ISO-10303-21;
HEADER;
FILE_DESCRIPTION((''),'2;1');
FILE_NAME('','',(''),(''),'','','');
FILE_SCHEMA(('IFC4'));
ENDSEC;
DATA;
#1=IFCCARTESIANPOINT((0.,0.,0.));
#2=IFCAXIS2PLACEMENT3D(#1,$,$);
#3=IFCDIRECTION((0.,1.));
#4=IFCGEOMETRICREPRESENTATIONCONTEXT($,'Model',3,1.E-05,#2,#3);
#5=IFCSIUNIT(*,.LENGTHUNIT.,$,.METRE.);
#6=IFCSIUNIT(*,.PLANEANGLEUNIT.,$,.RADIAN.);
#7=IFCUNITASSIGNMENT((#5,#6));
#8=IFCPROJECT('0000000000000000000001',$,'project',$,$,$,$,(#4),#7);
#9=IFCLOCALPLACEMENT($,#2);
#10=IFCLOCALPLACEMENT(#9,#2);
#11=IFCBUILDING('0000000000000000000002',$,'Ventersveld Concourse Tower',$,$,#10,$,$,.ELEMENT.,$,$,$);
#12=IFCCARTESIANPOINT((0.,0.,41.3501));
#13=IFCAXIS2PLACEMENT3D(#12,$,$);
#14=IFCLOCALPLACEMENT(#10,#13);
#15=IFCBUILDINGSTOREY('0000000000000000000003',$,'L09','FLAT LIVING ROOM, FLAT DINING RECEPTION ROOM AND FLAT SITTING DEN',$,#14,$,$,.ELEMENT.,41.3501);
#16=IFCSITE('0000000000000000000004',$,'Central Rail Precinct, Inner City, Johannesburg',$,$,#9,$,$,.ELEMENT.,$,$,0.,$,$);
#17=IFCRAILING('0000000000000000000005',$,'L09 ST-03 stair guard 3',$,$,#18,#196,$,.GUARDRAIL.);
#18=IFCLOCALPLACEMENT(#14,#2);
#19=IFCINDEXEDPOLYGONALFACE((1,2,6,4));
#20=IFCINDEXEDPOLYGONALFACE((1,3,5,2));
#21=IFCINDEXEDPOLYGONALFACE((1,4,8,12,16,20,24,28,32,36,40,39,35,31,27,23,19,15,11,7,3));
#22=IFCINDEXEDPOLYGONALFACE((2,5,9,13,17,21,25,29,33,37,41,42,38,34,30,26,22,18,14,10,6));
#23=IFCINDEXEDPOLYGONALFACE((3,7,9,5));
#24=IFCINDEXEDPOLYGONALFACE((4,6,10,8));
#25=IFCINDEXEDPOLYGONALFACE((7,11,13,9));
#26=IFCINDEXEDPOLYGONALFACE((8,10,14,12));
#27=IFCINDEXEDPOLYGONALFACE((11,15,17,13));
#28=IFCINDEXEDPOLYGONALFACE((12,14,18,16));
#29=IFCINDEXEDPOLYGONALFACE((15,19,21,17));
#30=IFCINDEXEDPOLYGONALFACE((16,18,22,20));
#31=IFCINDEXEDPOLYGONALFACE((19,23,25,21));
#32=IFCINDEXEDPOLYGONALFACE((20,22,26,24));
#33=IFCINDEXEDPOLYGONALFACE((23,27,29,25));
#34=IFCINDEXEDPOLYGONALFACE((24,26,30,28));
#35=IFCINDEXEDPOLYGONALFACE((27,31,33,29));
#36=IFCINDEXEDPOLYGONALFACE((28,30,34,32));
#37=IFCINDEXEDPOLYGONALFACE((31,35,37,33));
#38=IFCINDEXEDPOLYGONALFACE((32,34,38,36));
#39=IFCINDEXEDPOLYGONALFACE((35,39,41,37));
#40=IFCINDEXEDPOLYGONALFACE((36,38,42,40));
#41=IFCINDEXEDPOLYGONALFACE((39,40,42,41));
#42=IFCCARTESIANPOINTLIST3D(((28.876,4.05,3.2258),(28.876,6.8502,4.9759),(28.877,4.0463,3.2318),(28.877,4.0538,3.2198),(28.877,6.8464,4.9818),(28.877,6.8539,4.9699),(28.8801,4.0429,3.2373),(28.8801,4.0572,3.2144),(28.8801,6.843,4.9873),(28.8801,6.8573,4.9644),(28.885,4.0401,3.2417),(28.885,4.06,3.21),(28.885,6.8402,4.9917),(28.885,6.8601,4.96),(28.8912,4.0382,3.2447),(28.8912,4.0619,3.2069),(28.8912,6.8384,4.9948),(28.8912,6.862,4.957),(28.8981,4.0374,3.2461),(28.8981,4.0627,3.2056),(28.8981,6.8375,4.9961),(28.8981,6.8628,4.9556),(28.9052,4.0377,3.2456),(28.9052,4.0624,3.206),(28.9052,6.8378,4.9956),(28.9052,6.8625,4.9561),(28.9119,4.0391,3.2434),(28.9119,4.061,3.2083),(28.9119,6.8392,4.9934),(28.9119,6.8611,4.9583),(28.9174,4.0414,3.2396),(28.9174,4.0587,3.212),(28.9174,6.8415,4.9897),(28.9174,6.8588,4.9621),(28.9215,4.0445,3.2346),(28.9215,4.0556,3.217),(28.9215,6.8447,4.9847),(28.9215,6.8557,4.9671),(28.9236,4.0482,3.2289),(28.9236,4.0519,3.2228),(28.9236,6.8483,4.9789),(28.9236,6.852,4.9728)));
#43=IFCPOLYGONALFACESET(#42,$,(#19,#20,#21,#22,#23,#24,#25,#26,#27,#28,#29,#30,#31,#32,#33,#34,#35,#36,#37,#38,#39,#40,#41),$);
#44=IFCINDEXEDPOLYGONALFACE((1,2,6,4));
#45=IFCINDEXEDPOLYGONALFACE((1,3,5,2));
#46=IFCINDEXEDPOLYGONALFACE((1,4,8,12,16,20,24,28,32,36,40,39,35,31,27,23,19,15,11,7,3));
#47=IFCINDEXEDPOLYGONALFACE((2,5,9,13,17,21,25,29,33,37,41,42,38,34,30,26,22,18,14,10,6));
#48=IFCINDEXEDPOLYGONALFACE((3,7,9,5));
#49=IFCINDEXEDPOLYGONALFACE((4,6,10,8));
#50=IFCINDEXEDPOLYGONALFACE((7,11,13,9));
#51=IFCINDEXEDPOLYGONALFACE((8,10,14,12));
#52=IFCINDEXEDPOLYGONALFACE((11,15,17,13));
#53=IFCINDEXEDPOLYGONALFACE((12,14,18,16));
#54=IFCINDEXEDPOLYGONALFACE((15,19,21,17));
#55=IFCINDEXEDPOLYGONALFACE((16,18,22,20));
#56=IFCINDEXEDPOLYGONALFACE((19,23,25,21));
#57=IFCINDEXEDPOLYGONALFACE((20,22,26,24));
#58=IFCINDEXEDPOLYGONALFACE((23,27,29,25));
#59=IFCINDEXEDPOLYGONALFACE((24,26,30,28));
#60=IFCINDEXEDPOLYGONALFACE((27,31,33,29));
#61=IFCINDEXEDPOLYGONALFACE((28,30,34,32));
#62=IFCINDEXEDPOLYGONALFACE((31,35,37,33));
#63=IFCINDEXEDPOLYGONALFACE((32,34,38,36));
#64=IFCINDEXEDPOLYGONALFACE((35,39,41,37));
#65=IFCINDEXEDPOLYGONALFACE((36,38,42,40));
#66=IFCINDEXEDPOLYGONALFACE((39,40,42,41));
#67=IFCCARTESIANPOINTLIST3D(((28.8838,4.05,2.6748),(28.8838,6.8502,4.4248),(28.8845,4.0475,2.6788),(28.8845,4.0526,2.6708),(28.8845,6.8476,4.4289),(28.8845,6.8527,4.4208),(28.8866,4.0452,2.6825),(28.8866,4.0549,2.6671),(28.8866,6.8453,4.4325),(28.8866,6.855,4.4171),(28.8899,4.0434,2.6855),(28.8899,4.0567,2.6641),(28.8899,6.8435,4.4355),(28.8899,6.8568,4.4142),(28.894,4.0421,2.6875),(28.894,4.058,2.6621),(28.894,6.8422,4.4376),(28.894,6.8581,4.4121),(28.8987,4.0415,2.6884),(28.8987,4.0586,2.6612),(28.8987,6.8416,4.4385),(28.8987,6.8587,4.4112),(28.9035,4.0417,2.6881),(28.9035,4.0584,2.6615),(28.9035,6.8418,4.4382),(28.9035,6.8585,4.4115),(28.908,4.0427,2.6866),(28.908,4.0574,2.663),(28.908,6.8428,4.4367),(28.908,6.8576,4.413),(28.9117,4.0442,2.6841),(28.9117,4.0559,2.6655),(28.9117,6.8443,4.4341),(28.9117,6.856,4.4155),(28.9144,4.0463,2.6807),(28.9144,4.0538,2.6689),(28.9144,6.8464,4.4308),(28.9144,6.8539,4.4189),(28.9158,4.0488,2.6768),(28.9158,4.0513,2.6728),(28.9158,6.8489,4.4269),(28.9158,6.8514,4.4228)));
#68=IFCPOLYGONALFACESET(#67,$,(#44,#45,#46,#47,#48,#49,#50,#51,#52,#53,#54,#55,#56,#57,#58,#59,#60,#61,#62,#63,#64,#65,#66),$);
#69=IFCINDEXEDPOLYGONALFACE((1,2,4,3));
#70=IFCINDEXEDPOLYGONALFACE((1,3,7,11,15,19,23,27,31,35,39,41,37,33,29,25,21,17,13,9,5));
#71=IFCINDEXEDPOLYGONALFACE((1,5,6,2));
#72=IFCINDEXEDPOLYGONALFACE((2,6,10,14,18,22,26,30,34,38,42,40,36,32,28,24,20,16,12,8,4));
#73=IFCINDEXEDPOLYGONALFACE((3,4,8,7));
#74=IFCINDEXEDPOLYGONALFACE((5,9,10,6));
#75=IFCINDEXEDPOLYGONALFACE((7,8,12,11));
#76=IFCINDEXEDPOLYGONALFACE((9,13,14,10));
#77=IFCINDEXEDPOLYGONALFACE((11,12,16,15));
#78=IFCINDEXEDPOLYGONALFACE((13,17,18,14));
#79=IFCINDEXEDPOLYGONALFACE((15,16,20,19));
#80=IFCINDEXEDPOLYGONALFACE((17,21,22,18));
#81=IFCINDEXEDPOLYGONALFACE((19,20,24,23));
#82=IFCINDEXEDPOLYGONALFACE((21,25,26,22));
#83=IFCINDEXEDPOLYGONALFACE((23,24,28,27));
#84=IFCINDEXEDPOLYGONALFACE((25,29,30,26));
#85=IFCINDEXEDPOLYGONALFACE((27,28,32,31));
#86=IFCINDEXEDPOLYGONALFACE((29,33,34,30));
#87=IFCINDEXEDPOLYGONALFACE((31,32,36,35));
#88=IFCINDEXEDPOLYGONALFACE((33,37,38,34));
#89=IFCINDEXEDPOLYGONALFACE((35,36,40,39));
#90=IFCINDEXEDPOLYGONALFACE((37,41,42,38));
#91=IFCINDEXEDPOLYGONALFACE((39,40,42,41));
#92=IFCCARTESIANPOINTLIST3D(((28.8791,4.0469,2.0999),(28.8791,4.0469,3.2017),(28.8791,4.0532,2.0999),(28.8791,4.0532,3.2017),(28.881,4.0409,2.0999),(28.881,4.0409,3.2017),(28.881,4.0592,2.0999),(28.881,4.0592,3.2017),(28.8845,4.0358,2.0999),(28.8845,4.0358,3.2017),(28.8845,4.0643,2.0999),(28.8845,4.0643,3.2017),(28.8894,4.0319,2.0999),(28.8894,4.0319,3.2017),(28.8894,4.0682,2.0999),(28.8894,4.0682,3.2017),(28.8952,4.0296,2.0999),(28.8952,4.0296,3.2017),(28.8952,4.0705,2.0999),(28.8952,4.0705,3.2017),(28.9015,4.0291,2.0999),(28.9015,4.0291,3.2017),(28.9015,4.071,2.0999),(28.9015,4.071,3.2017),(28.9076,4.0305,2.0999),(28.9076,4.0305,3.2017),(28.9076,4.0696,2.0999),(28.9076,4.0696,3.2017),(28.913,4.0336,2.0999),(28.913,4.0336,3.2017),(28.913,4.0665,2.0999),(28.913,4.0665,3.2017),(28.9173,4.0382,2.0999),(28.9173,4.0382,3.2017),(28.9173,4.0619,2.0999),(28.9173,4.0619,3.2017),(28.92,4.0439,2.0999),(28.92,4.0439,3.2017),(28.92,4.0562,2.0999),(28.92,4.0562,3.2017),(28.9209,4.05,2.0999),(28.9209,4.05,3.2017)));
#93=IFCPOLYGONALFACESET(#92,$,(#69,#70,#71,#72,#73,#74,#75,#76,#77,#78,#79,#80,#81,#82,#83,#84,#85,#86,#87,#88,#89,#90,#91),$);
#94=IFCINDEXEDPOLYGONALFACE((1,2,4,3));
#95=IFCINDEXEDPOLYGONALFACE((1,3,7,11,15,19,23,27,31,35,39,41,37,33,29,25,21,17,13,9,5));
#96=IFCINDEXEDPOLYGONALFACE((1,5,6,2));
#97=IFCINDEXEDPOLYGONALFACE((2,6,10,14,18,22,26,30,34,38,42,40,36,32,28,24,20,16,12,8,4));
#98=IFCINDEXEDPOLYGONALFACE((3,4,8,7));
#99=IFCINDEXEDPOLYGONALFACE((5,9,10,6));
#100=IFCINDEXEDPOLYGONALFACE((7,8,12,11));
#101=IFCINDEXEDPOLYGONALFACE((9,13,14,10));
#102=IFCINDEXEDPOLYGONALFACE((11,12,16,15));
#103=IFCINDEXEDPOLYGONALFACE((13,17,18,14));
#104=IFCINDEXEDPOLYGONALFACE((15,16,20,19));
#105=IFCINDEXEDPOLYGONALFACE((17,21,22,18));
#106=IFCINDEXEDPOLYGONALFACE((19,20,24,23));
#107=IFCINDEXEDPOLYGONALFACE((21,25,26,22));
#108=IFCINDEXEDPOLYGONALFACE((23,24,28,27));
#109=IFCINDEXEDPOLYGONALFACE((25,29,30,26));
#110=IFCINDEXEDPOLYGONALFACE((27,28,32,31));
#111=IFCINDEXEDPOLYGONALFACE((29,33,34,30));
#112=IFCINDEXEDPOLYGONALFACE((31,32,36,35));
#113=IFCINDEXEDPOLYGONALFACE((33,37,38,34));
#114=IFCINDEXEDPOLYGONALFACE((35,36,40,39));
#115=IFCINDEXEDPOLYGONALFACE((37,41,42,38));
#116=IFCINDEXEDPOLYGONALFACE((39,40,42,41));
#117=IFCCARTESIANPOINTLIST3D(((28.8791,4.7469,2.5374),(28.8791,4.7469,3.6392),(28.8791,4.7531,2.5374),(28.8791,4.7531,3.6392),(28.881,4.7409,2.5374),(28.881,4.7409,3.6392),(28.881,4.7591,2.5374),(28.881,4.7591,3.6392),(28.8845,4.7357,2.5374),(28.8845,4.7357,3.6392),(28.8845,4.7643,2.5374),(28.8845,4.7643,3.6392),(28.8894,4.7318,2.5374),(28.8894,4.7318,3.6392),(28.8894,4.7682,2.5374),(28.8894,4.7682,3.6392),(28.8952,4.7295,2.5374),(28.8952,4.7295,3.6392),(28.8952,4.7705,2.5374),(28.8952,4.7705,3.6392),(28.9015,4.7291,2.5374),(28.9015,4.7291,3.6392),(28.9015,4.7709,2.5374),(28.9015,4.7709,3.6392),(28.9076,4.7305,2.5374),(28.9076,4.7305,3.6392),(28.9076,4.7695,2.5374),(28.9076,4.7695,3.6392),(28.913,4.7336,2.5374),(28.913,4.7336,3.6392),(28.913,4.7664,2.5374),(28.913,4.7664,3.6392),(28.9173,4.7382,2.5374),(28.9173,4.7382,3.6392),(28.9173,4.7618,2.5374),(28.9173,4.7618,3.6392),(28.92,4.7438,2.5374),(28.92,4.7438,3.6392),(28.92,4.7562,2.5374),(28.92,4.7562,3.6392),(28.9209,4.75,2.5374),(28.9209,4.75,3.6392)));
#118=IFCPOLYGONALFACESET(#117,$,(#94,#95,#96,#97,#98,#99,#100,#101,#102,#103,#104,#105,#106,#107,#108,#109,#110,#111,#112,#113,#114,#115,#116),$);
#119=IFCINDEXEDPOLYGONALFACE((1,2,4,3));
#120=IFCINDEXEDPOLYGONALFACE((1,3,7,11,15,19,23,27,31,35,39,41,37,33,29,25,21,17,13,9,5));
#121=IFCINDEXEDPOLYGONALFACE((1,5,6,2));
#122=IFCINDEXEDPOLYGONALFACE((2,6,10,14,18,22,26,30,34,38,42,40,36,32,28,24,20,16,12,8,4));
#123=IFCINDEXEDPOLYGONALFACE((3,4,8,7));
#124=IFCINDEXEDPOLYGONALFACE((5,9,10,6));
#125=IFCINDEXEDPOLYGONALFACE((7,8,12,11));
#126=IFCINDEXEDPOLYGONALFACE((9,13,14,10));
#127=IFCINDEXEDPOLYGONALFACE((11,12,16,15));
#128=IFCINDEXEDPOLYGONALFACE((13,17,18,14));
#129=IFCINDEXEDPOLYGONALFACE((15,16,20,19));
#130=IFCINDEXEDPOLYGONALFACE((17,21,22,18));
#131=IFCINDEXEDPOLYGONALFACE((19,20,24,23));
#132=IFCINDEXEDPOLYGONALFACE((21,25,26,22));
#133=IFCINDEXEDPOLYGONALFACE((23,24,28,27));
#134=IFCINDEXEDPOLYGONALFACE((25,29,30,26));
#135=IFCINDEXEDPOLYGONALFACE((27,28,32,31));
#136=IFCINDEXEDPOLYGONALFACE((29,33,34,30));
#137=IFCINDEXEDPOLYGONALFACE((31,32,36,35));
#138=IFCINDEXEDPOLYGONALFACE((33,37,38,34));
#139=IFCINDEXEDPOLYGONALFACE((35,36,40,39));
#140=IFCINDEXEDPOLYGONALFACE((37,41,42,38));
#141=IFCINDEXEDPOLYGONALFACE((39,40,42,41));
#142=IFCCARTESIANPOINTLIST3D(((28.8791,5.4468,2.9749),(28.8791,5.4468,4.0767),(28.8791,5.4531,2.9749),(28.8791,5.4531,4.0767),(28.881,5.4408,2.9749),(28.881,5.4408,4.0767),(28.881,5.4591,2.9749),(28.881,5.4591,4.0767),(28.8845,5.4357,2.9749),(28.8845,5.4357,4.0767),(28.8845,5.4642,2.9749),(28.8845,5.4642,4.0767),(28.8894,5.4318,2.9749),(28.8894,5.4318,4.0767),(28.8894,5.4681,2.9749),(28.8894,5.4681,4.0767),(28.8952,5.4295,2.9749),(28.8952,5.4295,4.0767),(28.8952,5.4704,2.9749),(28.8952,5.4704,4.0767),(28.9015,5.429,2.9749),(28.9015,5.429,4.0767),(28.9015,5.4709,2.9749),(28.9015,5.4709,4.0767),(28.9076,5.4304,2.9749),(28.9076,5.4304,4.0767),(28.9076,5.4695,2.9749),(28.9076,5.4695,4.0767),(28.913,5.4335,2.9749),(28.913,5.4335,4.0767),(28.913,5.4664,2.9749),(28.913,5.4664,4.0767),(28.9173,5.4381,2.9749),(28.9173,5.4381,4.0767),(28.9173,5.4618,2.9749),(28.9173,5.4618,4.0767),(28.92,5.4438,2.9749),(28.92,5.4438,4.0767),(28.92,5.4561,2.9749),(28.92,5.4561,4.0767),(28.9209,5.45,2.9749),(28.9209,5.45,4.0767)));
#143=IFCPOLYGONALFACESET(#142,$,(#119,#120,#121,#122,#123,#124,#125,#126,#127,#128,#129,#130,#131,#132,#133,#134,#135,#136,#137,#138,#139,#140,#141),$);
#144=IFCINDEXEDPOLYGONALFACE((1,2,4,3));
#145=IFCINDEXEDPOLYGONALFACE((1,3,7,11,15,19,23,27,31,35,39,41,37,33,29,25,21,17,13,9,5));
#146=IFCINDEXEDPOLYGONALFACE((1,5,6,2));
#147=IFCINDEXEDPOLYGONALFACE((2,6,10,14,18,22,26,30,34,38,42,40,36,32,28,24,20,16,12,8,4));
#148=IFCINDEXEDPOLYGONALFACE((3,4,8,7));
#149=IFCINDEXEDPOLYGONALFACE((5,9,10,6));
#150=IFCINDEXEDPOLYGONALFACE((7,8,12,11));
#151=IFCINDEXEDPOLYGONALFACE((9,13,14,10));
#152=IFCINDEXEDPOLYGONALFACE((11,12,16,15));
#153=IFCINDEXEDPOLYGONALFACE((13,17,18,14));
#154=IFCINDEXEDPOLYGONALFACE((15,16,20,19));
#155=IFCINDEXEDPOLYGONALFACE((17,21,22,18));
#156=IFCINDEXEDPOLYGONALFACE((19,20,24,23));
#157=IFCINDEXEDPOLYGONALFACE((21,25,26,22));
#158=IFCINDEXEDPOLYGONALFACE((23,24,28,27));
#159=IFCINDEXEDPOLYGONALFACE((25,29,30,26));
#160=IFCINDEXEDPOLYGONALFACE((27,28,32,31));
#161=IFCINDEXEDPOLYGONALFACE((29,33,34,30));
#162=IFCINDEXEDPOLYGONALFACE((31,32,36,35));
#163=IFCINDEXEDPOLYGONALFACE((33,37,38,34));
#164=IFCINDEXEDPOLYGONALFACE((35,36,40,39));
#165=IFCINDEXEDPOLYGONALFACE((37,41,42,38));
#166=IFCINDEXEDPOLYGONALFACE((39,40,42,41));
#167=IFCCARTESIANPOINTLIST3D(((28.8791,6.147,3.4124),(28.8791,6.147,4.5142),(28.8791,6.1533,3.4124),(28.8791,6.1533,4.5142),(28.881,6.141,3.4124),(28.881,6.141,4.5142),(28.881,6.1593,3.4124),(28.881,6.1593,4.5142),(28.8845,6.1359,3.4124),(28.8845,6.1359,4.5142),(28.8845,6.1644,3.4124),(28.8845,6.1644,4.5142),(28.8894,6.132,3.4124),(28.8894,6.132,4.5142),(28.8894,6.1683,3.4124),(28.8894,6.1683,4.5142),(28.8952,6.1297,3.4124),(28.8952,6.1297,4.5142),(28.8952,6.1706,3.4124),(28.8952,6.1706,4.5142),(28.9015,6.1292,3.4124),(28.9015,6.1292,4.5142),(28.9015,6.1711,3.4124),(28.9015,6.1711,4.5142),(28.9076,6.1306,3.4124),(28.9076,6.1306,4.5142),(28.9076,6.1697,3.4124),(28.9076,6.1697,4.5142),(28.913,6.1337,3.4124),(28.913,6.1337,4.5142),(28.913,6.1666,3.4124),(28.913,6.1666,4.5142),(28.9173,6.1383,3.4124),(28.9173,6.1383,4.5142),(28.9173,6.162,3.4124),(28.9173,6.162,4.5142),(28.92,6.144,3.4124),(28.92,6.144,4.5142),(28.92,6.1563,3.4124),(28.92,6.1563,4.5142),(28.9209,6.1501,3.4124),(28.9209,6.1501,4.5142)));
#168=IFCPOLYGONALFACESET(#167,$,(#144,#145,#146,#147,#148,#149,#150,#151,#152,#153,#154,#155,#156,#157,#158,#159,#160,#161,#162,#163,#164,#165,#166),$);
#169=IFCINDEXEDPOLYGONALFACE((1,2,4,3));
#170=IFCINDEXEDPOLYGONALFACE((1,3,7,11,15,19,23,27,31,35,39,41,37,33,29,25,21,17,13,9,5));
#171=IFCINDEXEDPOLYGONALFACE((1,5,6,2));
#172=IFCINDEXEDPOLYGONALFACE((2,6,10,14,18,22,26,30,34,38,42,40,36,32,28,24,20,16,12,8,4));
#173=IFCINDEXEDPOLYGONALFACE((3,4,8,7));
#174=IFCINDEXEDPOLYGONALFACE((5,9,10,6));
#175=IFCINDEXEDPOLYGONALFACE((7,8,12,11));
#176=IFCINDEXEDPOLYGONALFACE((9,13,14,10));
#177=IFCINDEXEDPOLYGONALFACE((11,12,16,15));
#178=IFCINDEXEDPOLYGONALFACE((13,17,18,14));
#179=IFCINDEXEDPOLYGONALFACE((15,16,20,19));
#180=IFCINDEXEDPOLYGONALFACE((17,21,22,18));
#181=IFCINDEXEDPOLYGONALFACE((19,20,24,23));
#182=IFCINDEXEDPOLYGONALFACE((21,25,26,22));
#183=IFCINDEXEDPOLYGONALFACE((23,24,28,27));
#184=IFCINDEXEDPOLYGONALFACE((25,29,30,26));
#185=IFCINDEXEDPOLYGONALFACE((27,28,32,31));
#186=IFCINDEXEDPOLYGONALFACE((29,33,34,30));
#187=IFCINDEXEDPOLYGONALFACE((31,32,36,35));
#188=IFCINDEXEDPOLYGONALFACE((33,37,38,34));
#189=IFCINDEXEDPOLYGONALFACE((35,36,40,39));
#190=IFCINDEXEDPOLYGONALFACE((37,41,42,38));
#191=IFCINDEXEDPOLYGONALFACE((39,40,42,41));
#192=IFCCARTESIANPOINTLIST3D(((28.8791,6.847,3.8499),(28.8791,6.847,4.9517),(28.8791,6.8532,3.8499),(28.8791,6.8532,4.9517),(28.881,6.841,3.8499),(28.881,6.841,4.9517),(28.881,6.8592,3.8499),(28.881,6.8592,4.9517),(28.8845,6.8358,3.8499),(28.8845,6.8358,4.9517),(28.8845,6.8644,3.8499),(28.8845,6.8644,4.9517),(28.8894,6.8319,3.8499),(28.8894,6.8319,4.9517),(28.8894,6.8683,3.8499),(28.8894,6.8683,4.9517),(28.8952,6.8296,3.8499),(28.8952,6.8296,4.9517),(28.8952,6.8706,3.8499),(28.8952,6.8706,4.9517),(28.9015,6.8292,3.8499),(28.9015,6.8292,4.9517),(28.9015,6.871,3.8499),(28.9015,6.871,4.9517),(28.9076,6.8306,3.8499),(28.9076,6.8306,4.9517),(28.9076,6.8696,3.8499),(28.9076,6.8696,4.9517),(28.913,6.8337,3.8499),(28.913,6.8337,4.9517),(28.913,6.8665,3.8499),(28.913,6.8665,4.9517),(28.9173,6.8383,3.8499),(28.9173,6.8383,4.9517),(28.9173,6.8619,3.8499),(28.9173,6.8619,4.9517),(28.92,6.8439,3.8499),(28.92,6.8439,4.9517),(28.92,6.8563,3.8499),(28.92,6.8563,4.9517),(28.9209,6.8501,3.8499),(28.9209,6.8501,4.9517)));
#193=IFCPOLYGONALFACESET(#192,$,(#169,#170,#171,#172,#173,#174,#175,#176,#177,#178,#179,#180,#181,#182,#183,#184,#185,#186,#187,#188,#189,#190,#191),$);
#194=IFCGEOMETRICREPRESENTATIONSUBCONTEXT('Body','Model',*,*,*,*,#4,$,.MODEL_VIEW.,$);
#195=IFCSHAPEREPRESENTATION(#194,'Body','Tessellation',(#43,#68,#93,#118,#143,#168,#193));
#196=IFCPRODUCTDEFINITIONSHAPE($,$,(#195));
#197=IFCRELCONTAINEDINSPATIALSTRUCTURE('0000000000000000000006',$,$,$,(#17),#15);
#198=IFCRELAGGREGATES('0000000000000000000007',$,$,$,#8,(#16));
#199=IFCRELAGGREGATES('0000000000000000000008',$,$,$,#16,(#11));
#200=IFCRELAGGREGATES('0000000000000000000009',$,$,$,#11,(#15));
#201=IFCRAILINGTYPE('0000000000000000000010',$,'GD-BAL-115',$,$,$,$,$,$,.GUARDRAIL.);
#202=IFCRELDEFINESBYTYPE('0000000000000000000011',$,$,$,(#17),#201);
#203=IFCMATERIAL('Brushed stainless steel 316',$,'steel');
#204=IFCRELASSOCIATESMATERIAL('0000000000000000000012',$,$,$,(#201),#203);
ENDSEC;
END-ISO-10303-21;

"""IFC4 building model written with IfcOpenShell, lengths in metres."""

from ifc_helpers import new_model, si_unit, direction, frame, origin, origin_2d, place, context, subcontext, project, spatial, circle, extrude, material, type_object, element, save


model = new_model("IFC4")

# Units and contexts
model_context = context("Model", 3, precision=1e-05, world=origin(), true_north=direction((0.0, 1.0)))
body_context = subcontext(model_context, "Body", "Model", "MODEL_VIEW")
ifc_project = project(units=[si_unit("LENGTHUNIT", "METRE"), si_unit("PLANEANGLEUNIT", "RADIAN")], contexts=[model_context])

# Site, building, storey
site_placement = place(None, origin())
site = spatial("IfcSite", under=ifc_project, at=site_placement, Name="Central Rail Precinct, Inner City, Johannesburg", CompositionType="ELEMENT", RefElevation=0.0)
building_placement = place(site_placement, origin())
building = spatial("IfcBuilding", under=site, at=building_placement, Name="Ventersveld Concourse Tower", CompositionType="ELEMENT")
storey_placement = place(building_placement, frame((0.0, 0.0, 41.3501)))
storey = spatial("IfcBuildingStorey", under=building, at=storey_placement, Name="L09", Description="FLAT LIVING ROOM, FLAT DINING RECEPTION ROOM AND FLAT SITTING DEN", CompositionType="ELEMENT", Elevation=41.3501)

# Railing
ifc_material_1 = material(Name="Brushed stainless steel 316", Category="steel")
railing_type_1 = type_object("IfcRailingType", Name="GD-BAL-115", PredefinedType="GUARDRAIL", material=ifc_material_1)
railing_1_placement = place(storey_placement, frame((28.8999, 4.05, 2.0999)))
element("IfcRailing", 1, at=railing_1_placement, inside=storey, type_object=railing_type_1, Name="L09 ST-03 stair guard 3", PredefinedType="GUARDRAIL", context=body_context, shape_type="SweptSolid", body=[
    extrude(circle(Radius=0.0239, at=origin_2d()), frame((0.0, 0.0, 1.126), z_axis=(0.0, 0.848002, 0.529992), x_axis=(-1.0, 0.0, 0.0)), (0.0, 0.0, 1.0), 3.302),
    extrude(circle(Radius=0.0161, at=origin_2d()), frame((0.0, 0.0, 0.575), z_axis=(0.0, 0.848002, 0.529992), x_axis=(-1.0, 0.0, 0.0)), (0.0, 0.0, 1.0), 3.302),
    extrude(circle(Radius=0.021, at=origin_2d()), origin(), (0.0, 0.0, 1.0), 1.1018),
    extrude(circle(Radius=0.021, at=origin_2d()), frame((0.0, 0.7, 0.4375)), (0.0, 0.0, 1.0), 1.1018),
    extrude(circle(Radius=0.021, at=origin_2d()), frame((0.0, 1.3999, 0.875)), (0.0, 0.0, 1.0), 1.1018),
    extrude(circle(Radius=0.021, at=origin_2d()), frame((0.0, 2.1001, 1.3125)), (0.0, 0.0, 1.0), 1.1018),
    extrude(circle(Radius=0.021, at=origin_2d()), frame((0.0, 2.8, 1.75)), (0.0, 0.0, 1.0), 1.1018),
])

save(model, "model.ifc")
